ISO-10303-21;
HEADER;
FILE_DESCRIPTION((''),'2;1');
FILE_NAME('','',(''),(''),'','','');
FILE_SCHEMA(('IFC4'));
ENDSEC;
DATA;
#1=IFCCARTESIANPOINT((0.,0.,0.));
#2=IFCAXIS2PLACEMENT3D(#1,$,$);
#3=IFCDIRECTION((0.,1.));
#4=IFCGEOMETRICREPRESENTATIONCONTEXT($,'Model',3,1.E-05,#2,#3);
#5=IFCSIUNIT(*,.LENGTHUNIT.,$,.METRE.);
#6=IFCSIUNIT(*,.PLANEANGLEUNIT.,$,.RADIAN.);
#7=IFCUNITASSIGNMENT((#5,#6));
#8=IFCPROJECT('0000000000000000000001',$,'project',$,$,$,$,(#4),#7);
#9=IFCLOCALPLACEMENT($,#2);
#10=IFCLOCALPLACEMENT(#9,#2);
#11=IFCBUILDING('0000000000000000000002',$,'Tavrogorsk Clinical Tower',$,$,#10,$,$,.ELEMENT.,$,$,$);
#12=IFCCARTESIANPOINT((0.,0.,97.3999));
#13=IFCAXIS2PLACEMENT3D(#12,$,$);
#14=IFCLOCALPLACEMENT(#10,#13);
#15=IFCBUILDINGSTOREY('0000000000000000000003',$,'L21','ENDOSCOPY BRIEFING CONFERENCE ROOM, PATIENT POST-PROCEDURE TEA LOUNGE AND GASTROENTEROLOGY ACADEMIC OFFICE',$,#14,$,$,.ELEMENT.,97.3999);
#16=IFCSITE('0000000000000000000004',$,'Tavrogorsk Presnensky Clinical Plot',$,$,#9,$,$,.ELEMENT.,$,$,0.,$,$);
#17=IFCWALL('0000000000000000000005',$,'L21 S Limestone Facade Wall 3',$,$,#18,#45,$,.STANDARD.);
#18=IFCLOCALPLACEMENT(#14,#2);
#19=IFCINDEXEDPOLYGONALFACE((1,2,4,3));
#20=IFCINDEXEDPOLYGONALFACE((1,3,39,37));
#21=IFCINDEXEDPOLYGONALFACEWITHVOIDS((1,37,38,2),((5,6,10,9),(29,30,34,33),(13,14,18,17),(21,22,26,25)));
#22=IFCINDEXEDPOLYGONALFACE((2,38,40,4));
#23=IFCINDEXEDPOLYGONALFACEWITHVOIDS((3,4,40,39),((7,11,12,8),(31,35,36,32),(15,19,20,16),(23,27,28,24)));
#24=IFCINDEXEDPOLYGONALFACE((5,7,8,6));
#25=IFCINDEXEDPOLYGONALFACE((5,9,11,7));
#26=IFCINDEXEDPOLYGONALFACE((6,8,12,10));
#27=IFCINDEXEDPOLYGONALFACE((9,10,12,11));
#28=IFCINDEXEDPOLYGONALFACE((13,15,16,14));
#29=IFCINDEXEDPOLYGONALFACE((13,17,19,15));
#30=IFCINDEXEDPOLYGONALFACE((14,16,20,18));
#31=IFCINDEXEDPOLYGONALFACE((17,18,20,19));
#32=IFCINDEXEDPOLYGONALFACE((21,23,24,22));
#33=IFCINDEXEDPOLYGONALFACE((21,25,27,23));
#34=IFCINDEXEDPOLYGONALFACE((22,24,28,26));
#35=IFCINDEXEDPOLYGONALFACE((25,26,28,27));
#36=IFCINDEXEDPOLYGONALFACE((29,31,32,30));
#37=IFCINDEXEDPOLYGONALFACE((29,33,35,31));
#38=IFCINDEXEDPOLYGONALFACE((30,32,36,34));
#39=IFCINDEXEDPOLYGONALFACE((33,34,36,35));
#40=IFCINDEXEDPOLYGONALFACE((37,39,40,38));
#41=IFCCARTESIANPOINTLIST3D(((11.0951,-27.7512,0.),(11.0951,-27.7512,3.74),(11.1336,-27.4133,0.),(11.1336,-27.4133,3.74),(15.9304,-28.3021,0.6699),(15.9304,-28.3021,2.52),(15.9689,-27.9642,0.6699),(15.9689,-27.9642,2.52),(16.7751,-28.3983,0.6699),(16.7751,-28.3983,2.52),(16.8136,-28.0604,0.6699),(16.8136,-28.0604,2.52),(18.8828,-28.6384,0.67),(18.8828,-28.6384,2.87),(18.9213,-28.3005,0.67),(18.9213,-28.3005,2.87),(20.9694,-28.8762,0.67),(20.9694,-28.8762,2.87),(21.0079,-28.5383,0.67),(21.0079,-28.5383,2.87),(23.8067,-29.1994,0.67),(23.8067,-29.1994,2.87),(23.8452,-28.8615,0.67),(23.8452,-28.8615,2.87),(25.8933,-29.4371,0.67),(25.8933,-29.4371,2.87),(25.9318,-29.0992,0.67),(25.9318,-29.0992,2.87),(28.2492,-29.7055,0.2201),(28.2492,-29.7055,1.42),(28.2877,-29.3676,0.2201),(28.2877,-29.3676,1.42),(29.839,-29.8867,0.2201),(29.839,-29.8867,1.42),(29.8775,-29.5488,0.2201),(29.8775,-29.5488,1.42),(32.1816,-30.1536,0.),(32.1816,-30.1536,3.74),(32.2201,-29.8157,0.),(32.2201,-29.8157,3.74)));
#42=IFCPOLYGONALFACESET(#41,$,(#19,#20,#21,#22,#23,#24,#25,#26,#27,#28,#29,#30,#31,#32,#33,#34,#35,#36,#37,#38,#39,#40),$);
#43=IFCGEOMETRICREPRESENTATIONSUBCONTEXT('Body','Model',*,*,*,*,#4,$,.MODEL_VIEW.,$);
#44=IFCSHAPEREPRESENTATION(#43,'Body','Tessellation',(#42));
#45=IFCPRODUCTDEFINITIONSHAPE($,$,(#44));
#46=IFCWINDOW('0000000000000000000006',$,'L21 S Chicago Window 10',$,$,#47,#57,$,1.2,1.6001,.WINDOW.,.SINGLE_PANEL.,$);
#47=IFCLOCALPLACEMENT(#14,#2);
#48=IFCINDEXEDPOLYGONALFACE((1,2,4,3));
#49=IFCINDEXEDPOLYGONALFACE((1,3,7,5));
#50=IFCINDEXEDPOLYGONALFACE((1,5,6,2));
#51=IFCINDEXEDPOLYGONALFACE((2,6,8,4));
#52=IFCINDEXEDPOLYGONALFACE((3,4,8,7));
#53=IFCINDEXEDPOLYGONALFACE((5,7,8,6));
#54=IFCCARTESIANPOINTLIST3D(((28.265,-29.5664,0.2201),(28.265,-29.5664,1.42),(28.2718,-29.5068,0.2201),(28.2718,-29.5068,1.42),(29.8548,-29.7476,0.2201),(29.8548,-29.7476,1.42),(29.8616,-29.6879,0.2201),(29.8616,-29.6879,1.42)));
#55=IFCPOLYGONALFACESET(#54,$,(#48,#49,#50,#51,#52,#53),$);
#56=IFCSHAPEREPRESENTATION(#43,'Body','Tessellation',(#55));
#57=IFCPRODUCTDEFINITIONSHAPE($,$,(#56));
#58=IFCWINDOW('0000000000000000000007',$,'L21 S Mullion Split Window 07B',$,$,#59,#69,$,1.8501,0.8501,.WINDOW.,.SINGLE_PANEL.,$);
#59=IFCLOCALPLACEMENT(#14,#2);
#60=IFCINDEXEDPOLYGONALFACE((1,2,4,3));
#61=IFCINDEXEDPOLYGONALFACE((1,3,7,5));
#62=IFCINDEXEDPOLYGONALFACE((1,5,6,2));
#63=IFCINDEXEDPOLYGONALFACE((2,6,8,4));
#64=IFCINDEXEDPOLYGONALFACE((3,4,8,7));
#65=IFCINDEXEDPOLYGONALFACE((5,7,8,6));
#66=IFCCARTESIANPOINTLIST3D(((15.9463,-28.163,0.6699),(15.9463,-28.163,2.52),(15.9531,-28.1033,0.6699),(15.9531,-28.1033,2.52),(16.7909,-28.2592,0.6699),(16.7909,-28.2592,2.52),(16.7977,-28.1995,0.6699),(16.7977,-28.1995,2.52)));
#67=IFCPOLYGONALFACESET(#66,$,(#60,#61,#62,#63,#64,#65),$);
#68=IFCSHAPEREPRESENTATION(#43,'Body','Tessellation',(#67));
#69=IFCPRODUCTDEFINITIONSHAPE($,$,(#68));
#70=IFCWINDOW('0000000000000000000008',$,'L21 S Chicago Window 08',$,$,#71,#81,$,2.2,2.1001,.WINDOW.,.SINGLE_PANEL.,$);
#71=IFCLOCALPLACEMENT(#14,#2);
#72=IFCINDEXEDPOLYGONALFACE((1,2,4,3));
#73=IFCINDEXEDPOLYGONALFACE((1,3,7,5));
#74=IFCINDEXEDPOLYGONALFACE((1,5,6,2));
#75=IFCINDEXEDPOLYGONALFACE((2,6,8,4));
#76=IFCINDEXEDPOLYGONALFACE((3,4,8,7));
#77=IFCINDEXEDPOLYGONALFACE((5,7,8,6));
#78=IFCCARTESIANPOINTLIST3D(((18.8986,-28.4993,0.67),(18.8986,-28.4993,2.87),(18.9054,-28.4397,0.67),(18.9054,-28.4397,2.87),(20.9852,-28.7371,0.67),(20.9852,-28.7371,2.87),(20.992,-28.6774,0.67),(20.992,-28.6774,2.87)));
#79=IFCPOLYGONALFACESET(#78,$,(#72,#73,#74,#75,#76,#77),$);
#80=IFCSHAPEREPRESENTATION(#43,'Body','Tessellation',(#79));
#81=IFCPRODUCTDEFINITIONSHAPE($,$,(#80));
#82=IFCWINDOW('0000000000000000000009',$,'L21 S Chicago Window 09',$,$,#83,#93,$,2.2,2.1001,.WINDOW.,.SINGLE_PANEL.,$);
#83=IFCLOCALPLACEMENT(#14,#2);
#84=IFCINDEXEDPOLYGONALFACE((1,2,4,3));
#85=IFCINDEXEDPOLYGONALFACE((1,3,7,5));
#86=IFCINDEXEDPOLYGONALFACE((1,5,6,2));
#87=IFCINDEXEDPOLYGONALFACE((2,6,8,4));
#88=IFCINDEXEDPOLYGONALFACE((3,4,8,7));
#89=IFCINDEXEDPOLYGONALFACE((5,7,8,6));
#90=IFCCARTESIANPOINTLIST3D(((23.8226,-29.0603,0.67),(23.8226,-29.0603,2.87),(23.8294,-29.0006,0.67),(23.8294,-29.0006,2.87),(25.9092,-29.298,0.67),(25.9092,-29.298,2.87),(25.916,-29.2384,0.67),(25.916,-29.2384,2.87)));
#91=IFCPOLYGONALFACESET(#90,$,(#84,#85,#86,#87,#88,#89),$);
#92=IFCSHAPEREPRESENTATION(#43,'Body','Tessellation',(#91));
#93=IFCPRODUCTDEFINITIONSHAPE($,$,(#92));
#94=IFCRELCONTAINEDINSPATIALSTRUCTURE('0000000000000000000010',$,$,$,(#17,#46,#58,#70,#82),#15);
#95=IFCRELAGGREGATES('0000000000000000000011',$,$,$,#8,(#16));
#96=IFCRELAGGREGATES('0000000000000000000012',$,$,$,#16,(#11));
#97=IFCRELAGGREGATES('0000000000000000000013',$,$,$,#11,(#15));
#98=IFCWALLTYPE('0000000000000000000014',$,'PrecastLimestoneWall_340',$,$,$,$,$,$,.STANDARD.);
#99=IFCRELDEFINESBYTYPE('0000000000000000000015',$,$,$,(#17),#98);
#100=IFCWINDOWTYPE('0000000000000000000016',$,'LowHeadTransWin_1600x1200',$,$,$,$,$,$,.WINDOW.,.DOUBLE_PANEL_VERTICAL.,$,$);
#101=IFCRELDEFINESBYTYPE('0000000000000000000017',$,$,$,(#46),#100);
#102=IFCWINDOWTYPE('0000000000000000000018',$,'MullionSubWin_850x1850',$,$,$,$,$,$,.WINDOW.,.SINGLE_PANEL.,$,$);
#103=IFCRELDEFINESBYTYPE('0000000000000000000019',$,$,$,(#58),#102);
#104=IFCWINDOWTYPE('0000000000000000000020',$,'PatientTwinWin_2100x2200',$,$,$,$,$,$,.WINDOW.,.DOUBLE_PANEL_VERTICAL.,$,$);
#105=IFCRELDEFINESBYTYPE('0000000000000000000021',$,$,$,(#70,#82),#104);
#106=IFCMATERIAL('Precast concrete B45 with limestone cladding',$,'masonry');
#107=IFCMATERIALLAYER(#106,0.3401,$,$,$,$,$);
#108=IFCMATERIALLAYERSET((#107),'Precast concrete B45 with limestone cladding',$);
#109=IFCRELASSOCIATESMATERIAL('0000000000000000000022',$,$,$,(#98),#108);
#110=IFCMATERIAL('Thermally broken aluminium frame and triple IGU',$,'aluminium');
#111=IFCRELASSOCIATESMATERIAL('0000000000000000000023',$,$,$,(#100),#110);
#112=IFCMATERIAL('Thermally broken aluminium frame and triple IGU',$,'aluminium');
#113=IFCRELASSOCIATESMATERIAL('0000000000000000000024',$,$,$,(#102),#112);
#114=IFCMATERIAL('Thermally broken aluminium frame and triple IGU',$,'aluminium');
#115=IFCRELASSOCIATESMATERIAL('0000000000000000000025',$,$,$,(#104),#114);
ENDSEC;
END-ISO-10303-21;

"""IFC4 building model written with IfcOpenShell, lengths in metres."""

from ifc_helpers import new_model, si_unit, direction, frame, frame_2d, origin, place, context, subcontext, project, spatial, rectangle, extrude, material, layer, layer_set, type_object, element, fill, save


model = new_model("IFC4")

# Units and contexts
model_context = context("Model", 3, precision=1e-05, world=origin(), true_north=direction((0.0, 1.0)))
body_context = subcontext(model_context, "Body", "Model", "MODEL_VIEW")
ifc_project = project(units=[si_unit("LENGTHUNIT", "METRE"), si_unit("PLANEANGLEUNIT", "RADIAN")], contexts=[model_context])

# Site, building, storey
site_placement = place(None, origin())
site = spatial("IfcSite", under=ifc_project, at=site_placement, Name="Tavrogorsk Presnensky Clinical Plot", CompositionType="ELEMENT", RefElevation=0.0)
building_placement = place(site_placement, origin())
building = spatial("IfcBuilding", under=site, at=building_placement, Name="Tavrogorsk Clinical Tower", CompositionType="ELEMENT")
storey_placement = place(building_placement, frame((0.0, 0.0, 97.3999)))
storey = spatial("IfcBuildingStorey", under=building, at=storey_placement, Name="L21", Description="ENDOSCOPY BRIEFING CONFERENCE ROOM, PATIENT POST-PROCEDURE TEA LOUNGE AND GASTROENTEROLOGY ACADEMIC OFFICE", CompositionType="ELEMENT", Elevation=97.3999)

# Wall, openings, windows
ifc_material_1 = material(Name="Precast concrete B45 with limestone cladding", Category="masonry")
ifc_layer_1 = layer(ifc_material_1, 0.3401)
ifc_layer_set_1 = layer_set([ifc_layer_1], Name="Precast concrete B45 with limestone cladding")
wall_type_1 = type_object("IfcWallType", Name="PrecastLimestoneWall_340", PredefinedType="STANDARD", material=ifc_layer_set_1)
wall_1_placement = place(storey_placement, frame((11.1145, -27.5823, 0.0), z_axis=(0.0, 0.0, 1.0), x_axis=(0.993573, -0.113196, 0.0)))
wall_1 = element("IfcWall", 1, at=wall_1_placement, inside=storey, type_object=wall_type_1, Name="L21 S Limestone Facade Wall 3", PredefinedType="STANDARD", context=body_context, shape_type="SweptSolid", body=[
    extrude(rectangle(XDim=21.2229, YDim=0.3401, at=frame_2d((10.6113, 0.0))), origin(), (0.0, 0.0, 1.0), 3.74),
])
opening_1_placement = place(wall_1_placement, frame((4.8665, 0.0, 0.6699)))
opening_1 = element("IfcOpeningElement", 2, at=opening_1_placement, cuts=wall_1, PredefinedType="OPENING", context=body_context, shape_type="SweptSolid", body=[
    extrude(rectangle(XDim=0.8501, YDim=1.8501, at=frame_2d((0.425, 0.925))), frame((0.0, 0.1799, 0.0), z_axis=(0.0, -1.0, 0.0), x_axis=(1.0, 0.0, 0.0)), (0.0, 0.0, 1.0), 0.3601),
])
opening_2_placement = place(wall_1_placement, frame((7.8379, 0.0, 0.6699)))
opening_2 = element("IfcOpeningElement", 3, at=opening_2_placement, cuts=wall_1, PredefinedType="OPENING", context=body_context, shape_type="SweptSolid", body=[
    extrude(rectangle(XDim=2.1001, YDim=2.2, at=frame_2d((1.05, 1.1001))), frame((0.0, 0.1799, 0.0), z_axis=(0.0, -1.0, 0.0), x_axis=(1.0, 0.0, 0.0)), (0.0, 0.0, 1.0), 0.3601),
])
opening_3_placement = place(wall_1_placement, frame((12.7937, 0.0, 0.6699)))
opening_3 = element("IfcOpeningElement", 4, at=opening_3_placement, cuts=wall_1, PredefinedType="OPENING", context=body_context, shape_type="SweptSolid", body=[
    extrude(rectangle(XDim=2.1001, YDim=2.2, at=frame_2d((1.05, 1.1001))), frame((0.0, 0.1799, 0.0), z_axis=(0.0, -1.0, 0.0), x_axis=(1.0, 0.0, 0.0)), (0.0, 0.0, 1.0), 0.3601),
])
opening_4_placement = place(wall_1_placement, frame((17.2649, 0.0, 0.22)))
opening_4 = element("IfcOpeningElement", 5, at=opening_4_placement, cuts=wall_1, PredefinedType="OPENING", context=body_context, shape_type="SweptSolid", body=[
    extrude(rectangle(XDim=1.6001, YDim=1.2, at=frame_2d((0.8, 0.6001))), frame((0.0, 0.1799, 0.0), z_axis=(0.0, -1.0, 0.0), x_axis=(1.0, 0.0, 0.0)), (0.0, 0.0, 1.0), 0.3601),
])
ifc_material_2 = material(Name="Thermally broken aluminium frame and triple IGU", Category="aluminium")
window_type_1 = type_object("IfcWindowType", Name="LowHeadTransWin_1600x1200", PartitioningType="DOUBLE_PANEL_VERTICAL", PredefinedType="WINDOW", material=ifc_material_2)
window_1_placement = place(opening_4_placement, origin())
window_1 = element("IfcWindow", 6, at=window_1_placement, inside=storey, type_object=window_type_1, Name="L21 S Chicago Window 10", OverallHeight=1.2, OverallWidth=1.6001, PartitioningType="SINGLE_PANEL", PredefinedType="WINDOW", context=body_context, shape_type="SweptSolid", body=[
    extrude(rectangle(XDim=1.6001, YDim=1.2, at=frame_2d((0.8, 0.6001))), frame((0.0, 0.03, 0.0), z_axis=(0.0, -1.0, 0.0), x_axis=(1.0, 0.0, 0.0)), (0.0, 0.0, 1.0), 0.0601),
])
fill(opening_4, window_1)
ifc_material_3 = material(Name="Thermally broken aluminium frame and triple IGU", Category="aluminium")
window_type_2 = type_object("IfcWindowType", Name="MullionSubWin_850x1850", PartitioningType="SINGLE_PANEL", PredefinedType="WINDOW", material=ifc_material_3)
window_2_placement = place(opening_1_placement, origin())
window_2 = element("IfcWindow", 7, at=window_2_placement, inside=storey, type_object=window_type_2, Name="L21 S Mullion Split Window 07B", OverallHeight=1.8501, OverallWidth=0.8501, PartitioningType="SINGLE_PANEL", PredefinedType="WINDOW", context=body_context, shape_type="SweptSolid", body=[
    extrude(rectangle(XDim=0.8501, YDim=1.8501, at=frame_2d((0.425, 0.925))), frame((0.0, 0.03, 0.0), z_axis=(0.0, -1.0, 0.0), x_axis=(1.0, 0.0, 0.0)), (0.0, 0.0, 1.0), 0.0601),
])
fill(opening_1, window_2)
ifc_material_4 = material(Name="Thermally broken aluminium frame and triple IGU", Category="aluminium")
window_type_3 = type_object("IfcWindowType", Name="PatientTwinWin_2100x2200", PartitioningType="DOUBLE_PANEL_VERTICAL", PredefinedType="WINDOW", material=ifc_material_4)
window_3_placement = place(opening_2_placement, origin())
window_3 = element("IfcWindow", 8, at=window_3_placement, inside=storey, type_object=window_type_3, Name="L21 S Chicago Window 08", OverallHeight=2.2, OverallWidth=2.1001, PartitioningType="SINGLE_PANEL", PredefinedType="WINDOW", context=body_context, shape_type="SweptSolid", body=[
    extrude(rectangle(XDim=2.1001, YDim=2.2, at=frame_2d((1.05, 1.1001))), frame((0.0, 0.03, 0.0), z_axis=(0.0, -1.0, 0.0), x_axis=(1.0, 0.0, 0.0)), (0.0, 0.0, 1.0), 0.0601),
])
fill(opening_2, window_3)
window_4_placement = place(opening_3_placement, origin())
window_4 = element("IfcWindow", 9, at=window_4_placement, inside=storey, type_object=window_type_3, Name="L21 S Chicago Window 09", OverallHeight=2.2, OverallWidth=2.1001, PartitioningType="SINGLE_PANEL", PredefinedType="WINDOW", context=body_context, shape_type="SweptSolid", body=[
    extrude(rectangle(XDim=2.1001, YDim=2.2, at=frame_2d((1.05, 1.1001))), frame((0.0, 0.03, 0.0), z_axis=(0.0, -1.0, 0.0), x_axis=(1.0, 0.0, 0.0)), (0.0, 0.0, 1.0), 0.0601),
])
fill(opening_3, window_4)

save(model, "model.ifc")
